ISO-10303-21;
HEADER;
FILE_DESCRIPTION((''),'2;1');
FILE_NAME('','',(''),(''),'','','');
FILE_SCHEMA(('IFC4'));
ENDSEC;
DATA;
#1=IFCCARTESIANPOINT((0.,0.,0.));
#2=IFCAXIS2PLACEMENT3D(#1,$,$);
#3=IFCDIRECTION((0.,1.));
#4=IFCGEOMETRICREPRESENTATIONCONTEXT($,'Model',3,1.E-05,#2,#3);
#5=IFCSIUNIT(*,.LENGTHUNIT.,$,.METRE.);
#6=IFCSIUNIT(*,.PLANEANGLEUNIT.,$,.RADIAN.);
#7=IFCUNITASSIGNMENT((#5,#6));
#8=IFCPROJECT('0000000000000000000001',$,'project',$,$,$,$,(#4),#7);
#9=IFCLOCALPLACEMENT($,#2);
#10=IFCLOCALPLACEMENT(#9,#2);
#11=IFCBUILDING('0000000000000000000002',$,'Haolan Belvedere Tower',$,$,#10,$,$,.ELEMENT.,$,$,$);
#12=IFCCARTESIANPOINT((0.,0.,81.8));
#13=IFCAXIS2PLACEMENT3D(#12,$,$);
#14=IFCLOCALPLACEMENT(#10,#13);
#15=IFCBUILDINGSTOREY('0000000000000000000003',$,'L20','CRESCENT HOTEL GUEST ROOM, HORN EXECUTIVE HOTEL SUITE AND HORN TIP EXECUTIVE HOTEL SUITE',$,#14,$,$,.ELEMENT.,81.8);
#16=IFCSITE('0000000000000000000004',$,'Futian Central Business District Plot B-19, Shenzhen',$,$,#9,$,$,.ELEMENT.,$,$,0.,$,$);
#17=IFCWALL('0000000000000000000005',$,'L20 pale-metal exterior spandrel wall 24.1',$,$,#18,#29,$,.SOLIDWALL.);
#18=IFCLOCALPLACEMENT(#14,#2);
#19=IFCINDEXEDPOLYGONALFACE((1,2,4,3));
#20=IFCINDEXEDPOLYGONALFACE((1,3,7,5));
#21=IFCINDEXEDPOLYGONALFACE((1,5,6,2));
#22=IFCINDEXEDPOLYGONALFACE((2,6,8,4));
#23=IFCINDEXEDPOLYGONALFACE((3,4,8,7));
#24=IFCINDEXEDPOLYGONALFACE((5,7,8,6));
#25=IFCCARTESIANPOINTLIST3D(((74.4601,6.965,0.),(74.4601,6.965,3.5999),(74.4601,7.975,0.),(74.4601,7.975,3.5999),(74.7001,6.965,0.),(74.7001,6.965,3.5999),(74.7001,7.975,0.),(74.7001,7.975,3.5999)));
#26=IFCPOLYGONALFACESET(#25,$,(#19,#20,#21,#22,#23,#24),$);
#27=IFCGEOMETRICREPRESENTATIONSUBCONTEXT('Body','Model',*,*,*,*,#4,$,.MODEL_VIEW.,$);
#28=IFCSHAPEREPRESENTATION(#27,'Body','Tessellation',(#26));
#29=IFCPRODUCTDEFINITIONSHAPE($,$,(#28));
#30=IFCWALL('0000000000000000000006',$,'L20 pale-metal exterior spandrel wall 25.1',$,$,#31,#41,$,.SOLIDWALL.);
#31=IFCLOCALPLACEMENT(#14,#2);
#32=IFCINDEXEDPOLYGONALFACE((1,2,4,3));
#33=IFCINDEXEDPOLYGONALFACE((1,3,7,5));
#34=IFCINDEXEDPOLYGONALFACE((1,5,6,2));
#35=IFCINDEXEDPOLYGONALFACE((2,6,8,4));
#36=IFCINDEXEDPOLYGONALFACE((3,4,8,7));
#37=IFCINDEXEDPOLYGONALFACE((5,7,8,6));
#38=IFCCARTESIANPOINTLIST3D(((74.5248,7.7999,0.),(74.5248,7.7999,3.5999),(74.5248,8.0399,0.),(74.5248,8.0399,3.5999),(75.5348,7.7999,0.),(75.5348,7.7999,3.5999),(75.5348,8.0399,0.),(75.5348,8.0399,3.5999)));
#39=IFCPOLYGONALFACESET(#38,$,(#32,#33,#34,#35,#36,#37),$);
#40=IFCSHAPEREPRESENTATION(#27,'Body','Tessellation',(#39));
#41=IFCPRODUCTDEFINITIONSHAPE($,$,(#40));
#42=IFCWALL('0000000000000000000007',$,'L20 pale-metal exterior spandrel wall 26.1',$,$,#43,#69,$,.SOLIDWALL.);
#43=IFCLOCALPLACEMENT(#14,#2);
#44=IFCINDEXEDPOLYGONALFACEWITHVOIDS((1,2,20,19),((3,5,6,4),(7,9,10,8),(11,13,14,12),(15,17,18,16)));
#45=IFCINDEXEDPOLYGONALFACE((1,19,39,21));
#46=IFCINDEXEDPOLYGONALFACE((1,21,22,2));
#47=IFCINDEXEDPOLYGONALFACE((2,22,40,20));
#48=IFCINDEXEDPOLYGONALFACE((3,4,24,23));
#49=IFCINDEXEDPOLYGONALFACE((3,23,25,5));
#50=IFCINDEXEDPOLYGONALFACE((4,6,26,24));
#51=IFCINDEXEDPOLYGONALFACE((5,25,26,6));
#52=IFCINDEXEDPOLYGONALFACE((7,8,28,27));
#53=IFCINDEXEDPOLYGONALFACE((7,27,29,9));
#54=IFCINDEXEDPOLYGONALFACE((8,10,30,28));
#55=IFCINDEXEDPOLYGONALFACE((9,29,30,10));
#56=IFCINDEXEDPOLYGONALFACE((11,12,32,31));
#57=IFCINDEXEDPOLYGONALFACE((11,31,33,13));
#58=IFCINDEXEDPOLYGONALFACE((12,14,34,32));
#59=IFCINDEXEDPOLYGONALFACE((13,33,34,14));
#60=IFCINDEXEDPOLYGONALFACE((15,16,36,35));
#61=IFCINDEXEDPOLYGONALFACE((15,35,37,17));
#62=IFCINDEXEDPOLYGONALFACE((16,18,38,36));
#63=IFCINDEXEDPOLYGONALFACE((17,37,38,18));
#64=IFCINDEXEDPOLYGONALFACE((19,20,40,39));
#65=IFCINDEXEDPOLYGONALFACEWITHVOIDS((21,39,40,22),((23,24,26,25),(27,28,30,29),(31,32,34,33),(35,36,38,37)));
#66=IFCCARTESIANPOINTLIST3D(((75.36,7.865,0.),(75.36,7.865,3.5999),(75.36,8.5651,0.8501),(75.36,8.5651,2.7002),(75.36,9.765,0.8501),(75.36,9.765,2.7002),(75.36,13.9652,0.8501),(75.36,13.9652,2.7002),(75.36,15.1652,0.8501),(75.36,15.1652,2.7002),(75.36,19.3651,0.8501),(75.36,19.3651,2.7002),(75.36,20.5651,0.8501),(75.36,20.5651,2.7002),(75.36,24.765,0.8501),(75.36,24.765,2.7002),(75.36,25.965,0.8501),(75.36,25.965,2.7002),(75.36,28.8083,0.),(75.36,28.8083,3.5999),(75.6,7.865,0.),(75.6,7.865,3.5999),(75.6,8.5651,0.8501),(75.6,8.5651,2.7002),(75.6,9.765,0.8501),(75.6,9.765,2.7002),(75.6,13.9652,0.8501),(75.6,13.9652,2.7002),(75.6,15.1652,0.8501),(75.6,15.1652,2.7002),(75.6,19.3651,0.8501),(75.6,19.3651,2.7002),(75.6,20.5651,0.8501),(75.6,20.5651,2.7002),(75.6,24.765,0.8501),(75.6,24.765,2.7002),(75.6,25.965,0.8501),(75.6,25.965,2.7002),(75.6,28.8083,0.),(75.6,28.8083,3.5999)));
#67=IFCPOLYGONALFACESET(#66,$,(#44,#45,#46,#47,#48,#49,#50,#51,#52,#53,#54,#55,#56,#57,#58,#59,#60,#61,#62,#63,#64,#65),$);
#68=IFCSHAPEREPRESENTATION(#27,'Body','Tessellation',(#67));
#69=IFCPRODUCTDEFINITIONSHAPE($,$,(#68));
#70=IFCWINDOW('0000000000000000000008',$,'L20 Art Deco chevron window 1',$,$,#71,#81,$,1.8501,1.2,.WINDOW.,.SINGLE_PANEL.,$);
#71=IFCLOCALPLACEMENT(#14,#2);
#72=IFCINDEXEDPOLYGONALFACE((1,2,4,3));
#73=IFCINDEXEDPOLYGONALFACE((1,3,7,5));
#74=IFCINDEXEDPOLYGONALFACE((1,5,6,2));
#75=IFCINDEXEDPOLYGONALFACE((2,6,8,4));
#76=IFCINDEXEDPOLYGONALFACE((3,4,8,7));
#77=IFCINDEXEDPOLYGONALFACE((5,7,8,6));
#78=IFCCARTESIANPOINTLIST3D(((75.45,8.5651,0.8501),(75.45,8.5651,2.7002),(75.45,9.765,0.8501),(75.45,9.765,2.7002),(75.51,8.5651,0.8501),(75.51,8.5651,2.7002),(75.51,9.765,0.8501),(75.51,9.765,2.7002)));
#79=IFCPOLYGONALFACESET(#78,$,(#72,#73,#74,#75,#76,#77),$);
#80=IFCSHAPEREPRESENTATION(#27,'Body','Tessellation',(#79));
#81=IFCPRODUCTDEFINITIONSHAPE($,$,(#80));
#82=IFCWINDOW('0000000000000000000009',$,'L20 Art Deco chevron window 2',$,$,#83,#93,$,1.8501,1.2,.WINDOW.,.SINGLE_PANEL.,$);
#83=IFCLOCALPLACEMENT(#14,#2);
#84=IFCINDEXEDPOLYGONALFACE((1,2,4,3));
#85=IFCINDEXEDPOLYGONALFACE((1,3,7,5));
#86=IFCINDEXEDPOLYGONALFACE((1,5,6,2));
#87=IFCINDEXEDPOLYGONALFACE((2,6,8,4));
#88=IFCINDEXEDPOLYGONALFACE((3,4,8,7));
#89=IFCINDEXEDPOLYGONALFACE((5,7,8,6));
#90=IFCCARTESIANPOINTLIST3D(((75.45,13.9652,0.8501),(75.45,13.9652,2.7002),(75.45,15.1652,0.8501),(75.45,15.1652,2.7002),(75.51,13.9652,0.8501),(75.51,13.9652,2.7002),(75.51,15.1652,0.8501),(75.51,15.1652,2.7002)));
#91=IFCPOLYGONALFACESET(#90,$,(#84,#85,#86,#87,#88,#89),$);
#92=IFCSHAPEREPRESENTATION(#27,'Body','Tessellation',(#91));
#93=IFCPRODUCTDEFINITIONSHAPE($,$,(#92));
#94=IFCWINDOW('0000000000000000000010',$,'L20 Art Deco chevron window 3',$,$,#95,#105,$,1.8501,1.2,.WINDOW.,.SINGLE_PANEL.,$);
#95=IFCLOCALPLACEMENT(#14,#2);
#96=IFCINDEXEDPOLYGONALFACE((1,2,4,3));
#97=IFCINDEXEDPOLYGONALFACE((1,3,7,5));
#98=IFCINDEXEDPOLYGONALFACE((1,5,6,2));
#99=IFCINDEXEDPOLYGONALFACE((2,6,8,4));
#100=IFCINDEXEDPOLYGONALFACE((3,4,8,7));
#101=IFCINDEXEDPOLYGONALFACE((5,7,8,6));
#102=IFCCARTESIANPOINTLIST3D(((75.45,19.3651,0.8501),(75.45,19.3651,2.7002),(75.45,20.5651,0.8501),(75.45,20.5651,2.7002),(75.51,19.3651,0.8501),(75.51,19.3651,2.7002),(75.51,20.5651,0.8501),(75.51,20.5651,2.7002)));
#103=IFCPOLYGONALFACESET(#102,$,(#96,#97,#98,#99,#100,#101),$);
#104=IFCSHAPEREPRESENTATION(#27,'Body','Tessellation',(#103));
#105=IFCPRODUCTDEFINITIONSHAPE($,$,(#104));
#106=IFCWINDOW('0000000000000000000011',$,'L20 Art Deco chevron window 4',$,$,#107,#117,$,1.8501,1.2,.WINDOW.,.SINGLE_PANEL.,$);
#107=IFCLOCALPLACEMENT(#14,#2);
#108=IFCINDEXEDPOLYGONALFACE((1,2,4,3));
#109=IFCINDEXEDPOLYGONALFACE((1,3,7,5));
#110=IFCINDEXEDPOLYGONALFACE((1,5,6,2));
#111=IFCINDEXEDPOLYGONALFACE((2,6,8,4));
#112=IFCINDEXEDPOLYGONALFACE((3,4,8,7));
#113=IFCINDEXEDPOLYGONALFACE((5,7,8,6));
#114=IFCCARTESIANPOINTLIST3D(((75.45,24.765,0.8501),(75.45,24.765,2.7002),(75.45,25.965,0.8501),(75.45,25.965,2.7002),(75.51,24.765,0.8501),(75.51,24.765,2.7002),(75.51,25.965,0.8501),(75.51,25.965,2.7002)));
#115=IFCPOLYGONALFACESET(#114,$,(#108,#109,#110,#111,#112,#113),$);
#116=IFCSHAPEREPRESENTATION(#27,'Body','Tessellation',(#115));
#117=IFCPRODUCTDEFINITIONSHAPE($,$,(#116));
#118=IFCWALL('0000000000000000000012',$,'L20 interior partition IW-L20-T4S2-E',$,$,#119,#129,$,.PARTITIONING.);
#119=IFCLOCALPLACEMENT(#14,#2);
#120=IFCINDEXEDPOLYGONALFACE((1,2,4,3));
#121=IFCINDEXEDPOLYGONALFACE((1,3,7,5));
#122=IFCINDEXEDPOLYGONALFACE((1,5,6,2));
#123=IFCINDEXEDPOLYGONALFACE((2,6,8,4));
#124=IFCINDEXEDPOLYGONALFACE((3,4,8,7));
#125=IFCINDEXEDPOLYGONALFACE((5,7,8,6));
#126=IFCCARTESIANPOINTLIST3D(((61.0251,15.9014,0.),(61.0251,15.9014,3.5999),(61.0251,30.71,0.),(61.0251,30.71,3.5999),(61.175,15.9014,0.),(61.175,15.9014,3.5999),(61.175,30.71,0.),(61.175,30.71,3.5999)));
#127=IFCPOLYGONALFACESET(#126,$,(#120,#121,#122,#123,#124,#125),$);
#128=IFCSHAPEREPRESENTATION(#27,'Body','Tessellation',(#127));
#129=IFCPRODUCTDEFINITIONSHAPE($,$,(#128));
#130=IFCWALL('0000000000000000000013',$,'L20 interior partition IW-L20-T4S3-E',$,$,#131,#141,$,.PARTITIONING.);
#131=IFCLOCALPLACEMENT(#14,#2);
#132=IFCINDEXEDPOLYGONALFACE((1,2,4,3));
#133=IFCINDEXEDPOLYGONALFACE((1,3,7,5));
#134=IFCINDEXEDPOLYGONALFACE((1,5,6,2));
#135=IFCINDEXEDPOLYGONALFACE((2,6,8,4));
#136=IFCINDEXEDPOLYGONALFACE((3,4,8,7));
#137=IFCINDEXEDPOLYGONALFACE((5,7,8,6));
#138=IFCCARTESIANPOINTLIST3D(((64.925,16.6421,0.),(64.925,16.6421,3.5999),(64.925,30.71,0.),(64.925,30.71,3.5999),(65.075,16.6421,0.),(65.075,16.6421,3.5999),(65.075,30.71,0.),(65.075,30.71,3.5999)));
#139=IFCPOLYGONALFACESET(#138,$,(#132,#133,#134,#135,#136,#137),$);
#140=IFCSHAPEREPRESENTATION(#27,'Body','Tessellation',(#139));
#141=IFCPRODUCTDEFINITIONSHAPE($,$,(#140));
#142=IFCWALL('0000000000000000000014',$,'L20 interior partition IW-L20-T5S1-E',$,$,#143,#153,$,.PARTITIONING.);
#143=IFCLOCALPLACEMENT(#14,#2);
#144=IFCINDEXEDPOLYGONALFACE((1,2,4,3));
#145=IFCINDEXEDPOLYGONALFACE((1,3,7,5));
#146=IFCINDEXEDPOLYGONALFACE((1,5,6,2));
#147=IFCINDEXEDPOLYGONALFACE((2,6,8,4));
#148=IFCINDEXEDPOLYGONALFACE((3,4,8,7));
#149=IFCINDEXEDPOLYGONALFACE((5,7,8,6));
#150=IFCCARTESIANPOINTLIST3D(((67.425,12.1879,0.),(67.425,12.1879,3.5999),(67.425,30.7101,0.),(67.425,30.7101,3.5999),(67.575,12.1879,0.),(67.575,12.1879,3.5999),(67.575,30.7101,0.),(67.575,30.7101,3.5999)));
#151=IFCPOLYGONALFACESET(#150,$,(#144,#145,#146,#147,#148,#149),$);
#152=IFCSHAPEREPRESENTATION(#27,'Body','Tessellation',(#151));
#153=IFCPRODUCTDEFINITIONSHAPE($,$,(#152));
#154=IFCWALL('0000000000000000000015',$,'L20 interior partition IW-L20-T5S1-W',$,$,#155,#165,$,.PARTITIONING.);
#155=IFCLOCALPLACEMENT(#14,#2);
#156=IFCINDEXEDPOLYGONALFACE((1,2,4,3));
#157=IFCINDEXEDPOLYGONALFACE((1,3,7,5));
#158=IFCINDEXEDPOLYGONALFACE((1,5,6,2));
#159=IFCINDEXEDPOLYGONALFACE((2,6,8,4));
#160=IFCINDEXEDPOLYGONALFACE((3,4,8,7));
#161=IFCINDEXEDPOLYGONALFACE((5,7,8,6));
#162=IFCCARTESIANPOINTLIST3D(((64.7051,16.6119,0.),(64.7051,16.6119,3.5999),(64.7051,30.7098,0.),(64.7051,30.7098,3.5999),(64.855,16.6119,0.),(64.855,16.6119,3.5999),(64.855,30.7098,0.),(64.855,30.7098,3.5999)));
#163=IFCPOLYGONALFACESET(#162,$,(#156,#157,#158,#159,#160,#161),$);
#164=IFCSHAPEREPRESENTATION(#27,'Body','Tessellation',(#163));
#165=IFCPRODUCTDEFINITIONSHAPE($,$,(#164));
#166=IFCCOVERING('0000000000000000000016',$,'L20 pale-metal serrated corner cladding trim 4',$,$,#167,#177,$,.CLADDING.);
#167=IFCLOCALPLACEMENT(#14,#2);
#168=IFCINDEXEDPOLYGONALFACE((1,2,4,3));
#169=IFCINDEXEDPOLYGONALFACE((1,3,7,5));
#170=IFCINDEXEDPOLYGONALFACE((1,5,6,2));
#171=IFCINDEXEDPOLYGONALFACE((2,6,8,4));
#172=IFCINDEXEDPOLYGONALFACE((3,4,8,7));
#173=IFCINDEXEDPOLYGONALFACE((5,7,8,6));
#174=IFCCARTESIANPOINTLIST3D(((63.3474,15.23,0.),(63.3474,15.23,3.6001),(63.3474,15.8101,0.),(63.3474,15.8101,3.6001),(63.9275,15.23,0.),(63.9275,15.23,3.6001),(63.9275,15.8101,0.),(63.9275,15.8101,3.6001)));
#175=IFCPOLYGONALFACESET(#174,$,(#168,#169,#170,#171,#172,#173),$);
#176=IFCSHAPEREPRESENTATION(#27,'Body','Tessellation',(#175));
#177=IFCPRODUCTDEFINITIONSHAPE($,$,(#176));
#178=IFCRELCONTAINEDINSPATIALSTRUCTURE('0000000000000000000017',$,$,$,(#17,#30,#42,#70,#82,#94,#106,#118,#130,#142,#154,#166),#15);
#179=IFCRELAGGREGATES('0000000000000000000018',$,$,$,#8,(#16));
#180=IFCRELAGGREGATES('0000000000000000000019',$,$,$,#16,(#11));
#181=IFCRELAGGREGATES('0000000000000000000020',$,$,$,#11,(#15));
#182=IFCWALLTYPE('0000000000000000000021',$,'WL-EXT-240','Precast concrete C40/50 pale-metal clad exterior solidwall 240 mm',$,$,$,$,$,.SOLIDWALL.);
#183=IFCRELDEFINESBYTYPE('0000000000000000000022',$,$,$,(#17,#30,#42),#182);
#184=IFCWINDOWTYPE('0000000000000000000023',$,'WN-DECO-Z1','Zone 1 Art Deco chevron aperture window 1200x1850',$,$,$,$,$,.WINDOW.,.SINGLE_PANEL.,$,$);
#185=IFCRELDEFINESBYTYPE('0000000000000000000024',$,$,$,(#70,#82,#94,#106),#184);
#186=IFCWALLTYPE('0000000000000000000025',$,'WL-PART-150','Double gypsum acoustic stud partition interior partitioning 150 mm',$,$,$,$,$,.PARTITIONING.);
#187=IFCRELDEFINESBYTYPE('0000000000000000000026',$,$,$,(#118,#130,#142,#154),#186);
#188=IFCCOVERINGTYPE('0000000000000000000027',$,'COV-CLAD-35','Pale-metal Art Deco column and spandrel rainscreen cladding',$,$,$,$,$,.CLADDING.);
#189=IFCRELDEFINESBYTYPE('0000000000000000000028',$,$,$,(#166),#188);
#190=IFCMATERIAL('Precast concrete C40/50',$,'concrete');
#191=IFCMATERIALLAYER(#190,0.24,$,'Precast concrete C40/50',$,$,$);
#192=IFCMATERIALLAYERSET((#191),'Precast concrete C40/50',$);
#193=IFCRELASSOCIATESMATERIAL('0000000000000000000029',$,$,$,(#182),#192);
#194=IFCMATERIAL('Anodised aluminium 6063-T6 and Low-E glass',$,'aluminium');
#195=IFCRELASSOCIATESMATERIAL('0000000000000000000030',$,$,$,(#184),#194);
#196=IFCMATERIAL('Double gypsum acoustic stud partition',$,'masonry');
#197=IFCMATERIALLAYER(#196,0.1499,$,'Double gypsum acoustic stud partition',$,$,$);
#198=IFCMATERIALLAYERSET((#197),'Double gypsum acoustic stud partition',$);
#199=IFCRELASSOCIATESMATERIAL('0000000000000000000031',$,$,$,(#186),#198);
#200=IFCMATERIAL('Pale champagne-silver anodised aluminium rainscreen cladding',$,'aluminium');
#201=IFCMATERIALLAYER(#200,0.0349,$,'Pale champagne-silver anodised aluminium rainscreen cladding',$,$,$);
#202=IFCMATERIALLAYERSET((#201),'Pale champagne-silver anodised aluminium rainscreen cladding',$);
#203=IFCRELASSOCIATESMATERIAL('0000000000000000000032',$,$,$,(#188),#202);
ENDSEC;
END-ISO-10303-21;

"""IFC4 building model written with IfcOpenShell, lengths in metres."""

from ifc_helpers import new_model, si_unit, direction, frame, frame_2d, origin, origin_2d, place, context, subcontext, project, spatial, rectangle, extrude, material, layer, layer_set, type_object, element, fill, save


model = new_model("IFC4")

# Units and contexts
model_context = context("Model", 3, precision=1e-05, world=origin(), true_north=direction((0.0, 1.0)))
body_context = subcontext(model_context, "Body", "Model", "MODEL_VIEW")
ifc_project = project(units=[si_unit("LENGTHUNIT", "METRE"), si_unit("PLANEANGLEUNIT", "RADIAN")], contexts=[model_context])

# Site, building, storey
site_placement = place(None, origin())
site = spatial("IfcSite", under=ifc_project, at=site_placement, Name="Futian Central Business District Plot B-19, Shenzhen", CompositionType="ELEMENT", RefElevation=0.0)
building_placement = place(site_placement, origin())
building = spatial("IfcBuilding", under=site, at=building_placement, Name="Haolan Belvedere Tower", CompositionType="ELEMENT")
storey_placement = place(building_placement, frame((0.0, 0.0, 81.8)))
storey = spatial("IfcBuildingStorey", under=building, at=storey_placement, Name="L20", Description="CRESCENT HOTEL GUEST ROOM, HORN EXECUTIVE HOTEL SUITE AND HORN TIP EXECUTIVE HOTEL SUITE", CompositionType="ELEMENT", Elevation=81.8)

# Shared definitions
ifc_material_1 = material(Name="Precast concrete C40/50", Category="concrete")
ifc_layer_1 = layer(ifc_material_1, 0.24, Name="Precast concrete C40/50")
ifc_layer_set_1 = layer_set([ifc_layer_1], Name="Precast concrete C40/50")
wall_type_1 = type_object("IfcWallType", Name="WL-EXT-240", Description="Precast concrete C40/50 pale-metal clad exterior solidwall 240 mm", PredefinedType="SOLIDWALL", material=ifc_layer_set_1)

# Shared definitions
ifc_material_2 = material(Name="Anodised aluminium 6063-T6 and Low-E glass", Category="aluminium")
window_type = type_object("IfcWindowType", Name="WN-DECO-Z1", Description="Zone 1 Art Deco chevron aperture window 1200x1850", PartitioningType="SINGLE_PANEL", PredefinedType="WINDOW", material=ifc_material_2)

# Walls
for number, where, z_axis, x_axis, name in (
    (1, (74.5801, 6.9651, 0.0), (0.0, 0.0, 1.0), (0.0, 1.0, 0.0), "L20 pale-metal exterior spandrel wall 24.1"),
    (2, (74.5249, 7.9199, 0.0), (0.0, 0.0, 1.0), (1.0, 0.0, 0.0), "L20 pale-metal exterior spandrel wall 25.1"),
):
    element("IfcWall", number, at=place(storey_placement, frame(where, z_axis=z_axis, x_axis=x_axis)), inside=storey, type_object=wall_type_1, Name=name, PredefinedType="SOLIDWALL", context=body_context, shape_type="SweptSolid", body=[
        extrude(rectangle(XDim=1.01, YDim=0.24, at=frame_2d((0.5049, 0.0))), origin(), (0.0, 0.0, 1.0), 3.5999),
    ])

# Wall, openings, windows
wall_1_placement = place(storey_placement, frame((75.48, 7.865, 0.0), z_axis=(0.0, 0.0, 1.0), x_axis=(0.0, 1.0, 0.0)))
wall_1 = element("IfcWall", 3, at=wall_1_placement, inside=storey, type_object=wall_type_1, Name="L20 pale-metal exterior spandrel wall 26.1", PredefinedType="SOLIDWALL", context=body_context, shape_type="SweptSolid", body=[
    extrude(rectangle(XDim=20.9434, YDim=0.24, at=frame_2d((10.4717, 0.0))), origin(), (0.0, 0.0, 1.0), 3.5999),
])
opening_1_placement = place(wall_1_placement, frame((0.7, 0.0, 0.8501)))
opening_1 = element("IfcOpeningElement", 4, at=opening_1_placement, cuts=wall_1, PredefinedType="OPENING", context=body_context, shape_type="SweptSolid", body=[
    extrude(rectangle(XDim=1.2, YDim=1.8501, at=frame_2d((0.6001, 0.925))), frame((0.0, 0.1299, 0.0), z_axis=(0.0, -1.0, 0.0), x_axis=(1.0, 0.0, 0.0)), (0.0, 0.0, 1.0), 0.26),
])
opening_2_placement = place(wall_1_placement, frame((6.1001, 0.0, 0.8501)))
opening_2 = element("IfcOpeningElement", 5, at=opening_2_placement, cuts=wall_1, PredefinedType="OPENING", context=body_context, shape_type="SweptSolid", body=[
    extrude(rectangle(XDim=1.2, YDim=1.8501, at=frame_2d((0.6001, 0.925))), frame((0.0, 0.1299, 0.0), z_axis=(0.0, -1.0, 0.0), x_axis=(1.0, 0.0, 0.0)), (0.0, 0.0, 1.0), 0.26),
])
opening_3_placement = place(wall_1_placement, frame((11.5, 0.0, 0.8501)))
opening_3 = element("IfcOpeningElement", 6, at=opening_3_placement, cuts=wall_1, PredefinedType="OPENING", context=body_context, shape_type="SweptSolid", body=[
    extrude(rectangle(XDim=1.2, YDim=1.8501, at=frame_2d((0.6001, 0.925))), frame((0.0, 0.1299, 0.0), z_axis=(0.0, -1.0, 0.0), x_axis=(1.0, 0.0, 0.0)), (0.0, 0.0, 1.0), 0.26),
])
opening_4_placement = place(wall_1_placement, frame((16.8999, 0.0, 0.8501)))
opening_4 = element("IfcOpeningElement", 7, at=opening_4_placement, cuts=wall_1, PredefinedType="OPENING", context=body_context, shape_type="SweptSolid", body=[
    extrude(rectangle(XDim=1.2, YDim=1.8501, at=frame_2d((0.6001, 0.925))), frame((0.0, 0.1299, 0.0), z_axis=(0.0, -1.0, 0.0), x_axis=(1.0, 0.0, 0.0)), (0.0, 0.0, 1.0), 0.26),
])
window_1_placement = place(opening_1_placement, origin())
window_1 = element("IfcWindow", 8, at=window_1_placement, inside=storey, type_object=window_type, Name="L20 Art Deco chevron window 1", OverallHeight=1.8501, OverallWidth=1.2, PartitioningType="SINGLE_PANEL", PredefinedType="WINDOW", context=body_context, shape_type="SweptSolid", body=[
    extrude(rectangle(XDim=1.2, YDim=1.8501, at=frame_2d((0.6001, 0.925))), frame((0.0, 0.03, 0.0), z_axis=(0.0, -1.0, 0.0), x_axis=(1.0, 0.0, 0.0)), (0.0, 0.0, 1.0), 0.0601),
])
fill(opening_1, window_1)
window_2_placement = place(opening_2_placement, origin())
window_2 = element("IfcWindow", 9, at=window_2_placement, inside=storey, type_object=window_type, Name="L20 Art Deco chevron window 2", OverallHeight=1.8501, OverallWidth=1.2, PartitioningType="SINGLE_PANEL", PredefinedType="WINDOW", context=body_context, shape_type="SweptSolid", body=[
    extrude(rectangle(XDim=1.2, YDim=1.8501, at=frame_2d((0.6001, 0.925))), frame((0.0, 0.03, 0.0), z_axis=(0.0, -1.0, 0.0), x_axis=(1.0, 0.0, 0.0)), (0.0, 0.0, 1.0), 0.0601),
])
fill(opening_2, window_2)
window_3_placement = place(opening_3_placement, origin())
window_3 = element("IfcWindow", 10, at=window_3_placement, inside=storey, type_object=window_type, Name="L20 Art Deco chevron window 3", OverallHeight=1.8501, OverallWidth=1.2, PartitioningType="SINGLE_PANEL", PredefinedType="WINDOW", context=body_context, shape_type="SweptSolid", body=[
    extrude(rectangle(XDim=1.2, YDim=1.8501, at=frame_2d((0.6001, 0.925))), frame((0.0, 0.03, 0.0), z_axis=(0.0, -1.0, 0.0), x_axis=(1.0, 0.0, 0.0)), (0.0, 0.0, 1.0), 0.0601),
])
fill(opening_3, window_3)
window_4_placement = place(opening_4_placement, origin())
window_4 = element("IfcWindow", 11, at=window_4_placement, inside=storey, type_object=window_type, Name="L20 Art Deco chevron window 4", OverallHeight=1.8501, OverallWidth=1.2, PartitioningType="SINGLE_PANEL", PredefinedType="WINDOW", context=body_context, shape_type="SweptSolid", body=[
    extrude(rectangle(XDim=1.2, YDim=1.8501, at=frame_2d((0.6001, 0.925))), frame((0.0, 0.03, 0.0), z_axis=(0.0, -1.0, 0.0), x_axis=(1.0, 0.0, 0.0)), (0.0, 0.0, 1.0), 0.0601),
])
fill(opening_4, window_4)

# Walls
ifc_material_3 = material(Name="Double gypsum acoustic stud partition", Category="masonry")
ifc_layer_2 = layer(ifc_material_3, 0.1499, Name="Double gypsum acoustic stud partition")
ifc_layer_set_2 = layer_set([ifc_layer_2], Name="Double gypsum acoustic stud partition")
wall_type_2 = type_object("IfcWallType", Name="WL-PART-150", Description="Double gypsum acoustic stud partition interior partitioning 150 mm", PredefinedType="PARTITIONING", material=ifc_layer_set_2)
wall_2_placement = place(storey_placement, frame((61.1001, 15.9014, 0.0), z_axis=(0.0, 0.0, 1.0), x_axis=(0.0, 1.0, 0.0)))
element("IfcWall", 12, at=wall_2_placement, inside=storey, type_object=wall_type_2, Name="L20 interior partition IW-L20-T4S2-E", PredefinedType="PARTITIONING", context=body_context, shape_type="SweptSolid", body=[
    extrude(rectangle(XDim=14.8086, YDim=0.1499, at=frame_2d((7.4043, 0.0))), origin(), (0.0, 0.0, 1.0), 3.5999),
])
wall_3_placement = place(storey_placement, frame((65.0, 16.6421, 0.0), z_axis=(0.0, 0.0, 1.0), x_axis=(0.0, 1.0, 0.0)))
element("IfcWall", 13, at=wall_3_placement, inside=storey, type_object=wall_type_2, Name="L20 interior partition IW-L20-T4S3-E", PredefinedType="PARTITIONING", context=body_context, shape_type="SweptSolid", body=[
    extrude(rectangle(XDim=14.0679, YDim=0.1499, at=frame_2d((7.0339, 0.0))), origin(), (0.0, 0.0, 1.0), 3.5999),
])
wall_4_placement = place(storey_placement, frame((67.5, 12.1877, 0.0), z_axis=(0.0, 0.0, 1.0), x_axis=(0.0, 1.0, 0.0)))
element("IfcWall", 14, at=wall_4_placement, inside=storey, type_object=wall_type_2, Name="L20 interior partition IW-L20-T5S1-E", PredefinedType="PARTITIONING", context=body_context, shape_type="SweptSolid", body=[
    extrude(rectangle(XDim=18.5222, YDim=0.1499, at=frame_2d((9.2612, 0.0))), origin(), (0.0, 0.0, 1.0), 3.5999),
])
wall_5_placement = place(storey_placement, frame((64.78, 16.6121, 0.0), z_axis=(0.0, 0.0, 1.0), x_axis=(0.0, 1.0, 0.0)))
element("IfcWall", 15, at=wall_5_placement, inside=storey, type_object=wall_type_2, Name="L20 interior partition IW-L20-T5S1-W", PredefinedType="PARTITIONING", context=body_context, shape_type="SweptSolid", body=[
    extrude(rectangle(XDim=14.0979, YDim=0.1499, at=frame_2d((7.0488, 0.0))), origin(), (0.0, 0.0, 1.0), 3.5999),
])

# Covering
ifc_material_4 = material(Name="Pale champagne-silver anodised aluminium rainscreen cladding", Category="aluminium")
ifc_layer_3 = layer(ifc_material_4, 0.0349, Name="Pale champagne-silver anodised aluminium rainscreen cladding")
ifc_layer_set_3 = layer_set([ifc_layer_3], Name="Pale champagne-silver anodised aluminium rainscreen cladding")
covering_type = type_object("IfcCoveringType", Name="COV-CLAD-35", Description="Pale-metal Art Deco column and spandrel rainscreen cladding", PredefinedType="CLADDING", material=ifc_layer_set_3)
for number, where, z_axis, x_axis, name in (
    (16, (63.6375, 15.52, 0.0), (0.0, 0.0, 1.0), (1.0, 0.0, 0.0), "L20 pale-metal serrated corner cladding trim 4"),
):
    element("IfcCovering", number, at=place(storey_placement, frame(where, z_axis=z_axis, x_axis=x_axis)), inside=storey, type_object=covering_type, Name=name, PredefinedType="CLADDING", context=body_context, shape_type="SweptSolid", body=[
        extrude(rectangle(XDim=0.5801, YDim=0.5801, at=origin_2d()), origin(), (0.0, 0.0, 1.0), 3.6001),
    ])

save(model, "model.ifc")
